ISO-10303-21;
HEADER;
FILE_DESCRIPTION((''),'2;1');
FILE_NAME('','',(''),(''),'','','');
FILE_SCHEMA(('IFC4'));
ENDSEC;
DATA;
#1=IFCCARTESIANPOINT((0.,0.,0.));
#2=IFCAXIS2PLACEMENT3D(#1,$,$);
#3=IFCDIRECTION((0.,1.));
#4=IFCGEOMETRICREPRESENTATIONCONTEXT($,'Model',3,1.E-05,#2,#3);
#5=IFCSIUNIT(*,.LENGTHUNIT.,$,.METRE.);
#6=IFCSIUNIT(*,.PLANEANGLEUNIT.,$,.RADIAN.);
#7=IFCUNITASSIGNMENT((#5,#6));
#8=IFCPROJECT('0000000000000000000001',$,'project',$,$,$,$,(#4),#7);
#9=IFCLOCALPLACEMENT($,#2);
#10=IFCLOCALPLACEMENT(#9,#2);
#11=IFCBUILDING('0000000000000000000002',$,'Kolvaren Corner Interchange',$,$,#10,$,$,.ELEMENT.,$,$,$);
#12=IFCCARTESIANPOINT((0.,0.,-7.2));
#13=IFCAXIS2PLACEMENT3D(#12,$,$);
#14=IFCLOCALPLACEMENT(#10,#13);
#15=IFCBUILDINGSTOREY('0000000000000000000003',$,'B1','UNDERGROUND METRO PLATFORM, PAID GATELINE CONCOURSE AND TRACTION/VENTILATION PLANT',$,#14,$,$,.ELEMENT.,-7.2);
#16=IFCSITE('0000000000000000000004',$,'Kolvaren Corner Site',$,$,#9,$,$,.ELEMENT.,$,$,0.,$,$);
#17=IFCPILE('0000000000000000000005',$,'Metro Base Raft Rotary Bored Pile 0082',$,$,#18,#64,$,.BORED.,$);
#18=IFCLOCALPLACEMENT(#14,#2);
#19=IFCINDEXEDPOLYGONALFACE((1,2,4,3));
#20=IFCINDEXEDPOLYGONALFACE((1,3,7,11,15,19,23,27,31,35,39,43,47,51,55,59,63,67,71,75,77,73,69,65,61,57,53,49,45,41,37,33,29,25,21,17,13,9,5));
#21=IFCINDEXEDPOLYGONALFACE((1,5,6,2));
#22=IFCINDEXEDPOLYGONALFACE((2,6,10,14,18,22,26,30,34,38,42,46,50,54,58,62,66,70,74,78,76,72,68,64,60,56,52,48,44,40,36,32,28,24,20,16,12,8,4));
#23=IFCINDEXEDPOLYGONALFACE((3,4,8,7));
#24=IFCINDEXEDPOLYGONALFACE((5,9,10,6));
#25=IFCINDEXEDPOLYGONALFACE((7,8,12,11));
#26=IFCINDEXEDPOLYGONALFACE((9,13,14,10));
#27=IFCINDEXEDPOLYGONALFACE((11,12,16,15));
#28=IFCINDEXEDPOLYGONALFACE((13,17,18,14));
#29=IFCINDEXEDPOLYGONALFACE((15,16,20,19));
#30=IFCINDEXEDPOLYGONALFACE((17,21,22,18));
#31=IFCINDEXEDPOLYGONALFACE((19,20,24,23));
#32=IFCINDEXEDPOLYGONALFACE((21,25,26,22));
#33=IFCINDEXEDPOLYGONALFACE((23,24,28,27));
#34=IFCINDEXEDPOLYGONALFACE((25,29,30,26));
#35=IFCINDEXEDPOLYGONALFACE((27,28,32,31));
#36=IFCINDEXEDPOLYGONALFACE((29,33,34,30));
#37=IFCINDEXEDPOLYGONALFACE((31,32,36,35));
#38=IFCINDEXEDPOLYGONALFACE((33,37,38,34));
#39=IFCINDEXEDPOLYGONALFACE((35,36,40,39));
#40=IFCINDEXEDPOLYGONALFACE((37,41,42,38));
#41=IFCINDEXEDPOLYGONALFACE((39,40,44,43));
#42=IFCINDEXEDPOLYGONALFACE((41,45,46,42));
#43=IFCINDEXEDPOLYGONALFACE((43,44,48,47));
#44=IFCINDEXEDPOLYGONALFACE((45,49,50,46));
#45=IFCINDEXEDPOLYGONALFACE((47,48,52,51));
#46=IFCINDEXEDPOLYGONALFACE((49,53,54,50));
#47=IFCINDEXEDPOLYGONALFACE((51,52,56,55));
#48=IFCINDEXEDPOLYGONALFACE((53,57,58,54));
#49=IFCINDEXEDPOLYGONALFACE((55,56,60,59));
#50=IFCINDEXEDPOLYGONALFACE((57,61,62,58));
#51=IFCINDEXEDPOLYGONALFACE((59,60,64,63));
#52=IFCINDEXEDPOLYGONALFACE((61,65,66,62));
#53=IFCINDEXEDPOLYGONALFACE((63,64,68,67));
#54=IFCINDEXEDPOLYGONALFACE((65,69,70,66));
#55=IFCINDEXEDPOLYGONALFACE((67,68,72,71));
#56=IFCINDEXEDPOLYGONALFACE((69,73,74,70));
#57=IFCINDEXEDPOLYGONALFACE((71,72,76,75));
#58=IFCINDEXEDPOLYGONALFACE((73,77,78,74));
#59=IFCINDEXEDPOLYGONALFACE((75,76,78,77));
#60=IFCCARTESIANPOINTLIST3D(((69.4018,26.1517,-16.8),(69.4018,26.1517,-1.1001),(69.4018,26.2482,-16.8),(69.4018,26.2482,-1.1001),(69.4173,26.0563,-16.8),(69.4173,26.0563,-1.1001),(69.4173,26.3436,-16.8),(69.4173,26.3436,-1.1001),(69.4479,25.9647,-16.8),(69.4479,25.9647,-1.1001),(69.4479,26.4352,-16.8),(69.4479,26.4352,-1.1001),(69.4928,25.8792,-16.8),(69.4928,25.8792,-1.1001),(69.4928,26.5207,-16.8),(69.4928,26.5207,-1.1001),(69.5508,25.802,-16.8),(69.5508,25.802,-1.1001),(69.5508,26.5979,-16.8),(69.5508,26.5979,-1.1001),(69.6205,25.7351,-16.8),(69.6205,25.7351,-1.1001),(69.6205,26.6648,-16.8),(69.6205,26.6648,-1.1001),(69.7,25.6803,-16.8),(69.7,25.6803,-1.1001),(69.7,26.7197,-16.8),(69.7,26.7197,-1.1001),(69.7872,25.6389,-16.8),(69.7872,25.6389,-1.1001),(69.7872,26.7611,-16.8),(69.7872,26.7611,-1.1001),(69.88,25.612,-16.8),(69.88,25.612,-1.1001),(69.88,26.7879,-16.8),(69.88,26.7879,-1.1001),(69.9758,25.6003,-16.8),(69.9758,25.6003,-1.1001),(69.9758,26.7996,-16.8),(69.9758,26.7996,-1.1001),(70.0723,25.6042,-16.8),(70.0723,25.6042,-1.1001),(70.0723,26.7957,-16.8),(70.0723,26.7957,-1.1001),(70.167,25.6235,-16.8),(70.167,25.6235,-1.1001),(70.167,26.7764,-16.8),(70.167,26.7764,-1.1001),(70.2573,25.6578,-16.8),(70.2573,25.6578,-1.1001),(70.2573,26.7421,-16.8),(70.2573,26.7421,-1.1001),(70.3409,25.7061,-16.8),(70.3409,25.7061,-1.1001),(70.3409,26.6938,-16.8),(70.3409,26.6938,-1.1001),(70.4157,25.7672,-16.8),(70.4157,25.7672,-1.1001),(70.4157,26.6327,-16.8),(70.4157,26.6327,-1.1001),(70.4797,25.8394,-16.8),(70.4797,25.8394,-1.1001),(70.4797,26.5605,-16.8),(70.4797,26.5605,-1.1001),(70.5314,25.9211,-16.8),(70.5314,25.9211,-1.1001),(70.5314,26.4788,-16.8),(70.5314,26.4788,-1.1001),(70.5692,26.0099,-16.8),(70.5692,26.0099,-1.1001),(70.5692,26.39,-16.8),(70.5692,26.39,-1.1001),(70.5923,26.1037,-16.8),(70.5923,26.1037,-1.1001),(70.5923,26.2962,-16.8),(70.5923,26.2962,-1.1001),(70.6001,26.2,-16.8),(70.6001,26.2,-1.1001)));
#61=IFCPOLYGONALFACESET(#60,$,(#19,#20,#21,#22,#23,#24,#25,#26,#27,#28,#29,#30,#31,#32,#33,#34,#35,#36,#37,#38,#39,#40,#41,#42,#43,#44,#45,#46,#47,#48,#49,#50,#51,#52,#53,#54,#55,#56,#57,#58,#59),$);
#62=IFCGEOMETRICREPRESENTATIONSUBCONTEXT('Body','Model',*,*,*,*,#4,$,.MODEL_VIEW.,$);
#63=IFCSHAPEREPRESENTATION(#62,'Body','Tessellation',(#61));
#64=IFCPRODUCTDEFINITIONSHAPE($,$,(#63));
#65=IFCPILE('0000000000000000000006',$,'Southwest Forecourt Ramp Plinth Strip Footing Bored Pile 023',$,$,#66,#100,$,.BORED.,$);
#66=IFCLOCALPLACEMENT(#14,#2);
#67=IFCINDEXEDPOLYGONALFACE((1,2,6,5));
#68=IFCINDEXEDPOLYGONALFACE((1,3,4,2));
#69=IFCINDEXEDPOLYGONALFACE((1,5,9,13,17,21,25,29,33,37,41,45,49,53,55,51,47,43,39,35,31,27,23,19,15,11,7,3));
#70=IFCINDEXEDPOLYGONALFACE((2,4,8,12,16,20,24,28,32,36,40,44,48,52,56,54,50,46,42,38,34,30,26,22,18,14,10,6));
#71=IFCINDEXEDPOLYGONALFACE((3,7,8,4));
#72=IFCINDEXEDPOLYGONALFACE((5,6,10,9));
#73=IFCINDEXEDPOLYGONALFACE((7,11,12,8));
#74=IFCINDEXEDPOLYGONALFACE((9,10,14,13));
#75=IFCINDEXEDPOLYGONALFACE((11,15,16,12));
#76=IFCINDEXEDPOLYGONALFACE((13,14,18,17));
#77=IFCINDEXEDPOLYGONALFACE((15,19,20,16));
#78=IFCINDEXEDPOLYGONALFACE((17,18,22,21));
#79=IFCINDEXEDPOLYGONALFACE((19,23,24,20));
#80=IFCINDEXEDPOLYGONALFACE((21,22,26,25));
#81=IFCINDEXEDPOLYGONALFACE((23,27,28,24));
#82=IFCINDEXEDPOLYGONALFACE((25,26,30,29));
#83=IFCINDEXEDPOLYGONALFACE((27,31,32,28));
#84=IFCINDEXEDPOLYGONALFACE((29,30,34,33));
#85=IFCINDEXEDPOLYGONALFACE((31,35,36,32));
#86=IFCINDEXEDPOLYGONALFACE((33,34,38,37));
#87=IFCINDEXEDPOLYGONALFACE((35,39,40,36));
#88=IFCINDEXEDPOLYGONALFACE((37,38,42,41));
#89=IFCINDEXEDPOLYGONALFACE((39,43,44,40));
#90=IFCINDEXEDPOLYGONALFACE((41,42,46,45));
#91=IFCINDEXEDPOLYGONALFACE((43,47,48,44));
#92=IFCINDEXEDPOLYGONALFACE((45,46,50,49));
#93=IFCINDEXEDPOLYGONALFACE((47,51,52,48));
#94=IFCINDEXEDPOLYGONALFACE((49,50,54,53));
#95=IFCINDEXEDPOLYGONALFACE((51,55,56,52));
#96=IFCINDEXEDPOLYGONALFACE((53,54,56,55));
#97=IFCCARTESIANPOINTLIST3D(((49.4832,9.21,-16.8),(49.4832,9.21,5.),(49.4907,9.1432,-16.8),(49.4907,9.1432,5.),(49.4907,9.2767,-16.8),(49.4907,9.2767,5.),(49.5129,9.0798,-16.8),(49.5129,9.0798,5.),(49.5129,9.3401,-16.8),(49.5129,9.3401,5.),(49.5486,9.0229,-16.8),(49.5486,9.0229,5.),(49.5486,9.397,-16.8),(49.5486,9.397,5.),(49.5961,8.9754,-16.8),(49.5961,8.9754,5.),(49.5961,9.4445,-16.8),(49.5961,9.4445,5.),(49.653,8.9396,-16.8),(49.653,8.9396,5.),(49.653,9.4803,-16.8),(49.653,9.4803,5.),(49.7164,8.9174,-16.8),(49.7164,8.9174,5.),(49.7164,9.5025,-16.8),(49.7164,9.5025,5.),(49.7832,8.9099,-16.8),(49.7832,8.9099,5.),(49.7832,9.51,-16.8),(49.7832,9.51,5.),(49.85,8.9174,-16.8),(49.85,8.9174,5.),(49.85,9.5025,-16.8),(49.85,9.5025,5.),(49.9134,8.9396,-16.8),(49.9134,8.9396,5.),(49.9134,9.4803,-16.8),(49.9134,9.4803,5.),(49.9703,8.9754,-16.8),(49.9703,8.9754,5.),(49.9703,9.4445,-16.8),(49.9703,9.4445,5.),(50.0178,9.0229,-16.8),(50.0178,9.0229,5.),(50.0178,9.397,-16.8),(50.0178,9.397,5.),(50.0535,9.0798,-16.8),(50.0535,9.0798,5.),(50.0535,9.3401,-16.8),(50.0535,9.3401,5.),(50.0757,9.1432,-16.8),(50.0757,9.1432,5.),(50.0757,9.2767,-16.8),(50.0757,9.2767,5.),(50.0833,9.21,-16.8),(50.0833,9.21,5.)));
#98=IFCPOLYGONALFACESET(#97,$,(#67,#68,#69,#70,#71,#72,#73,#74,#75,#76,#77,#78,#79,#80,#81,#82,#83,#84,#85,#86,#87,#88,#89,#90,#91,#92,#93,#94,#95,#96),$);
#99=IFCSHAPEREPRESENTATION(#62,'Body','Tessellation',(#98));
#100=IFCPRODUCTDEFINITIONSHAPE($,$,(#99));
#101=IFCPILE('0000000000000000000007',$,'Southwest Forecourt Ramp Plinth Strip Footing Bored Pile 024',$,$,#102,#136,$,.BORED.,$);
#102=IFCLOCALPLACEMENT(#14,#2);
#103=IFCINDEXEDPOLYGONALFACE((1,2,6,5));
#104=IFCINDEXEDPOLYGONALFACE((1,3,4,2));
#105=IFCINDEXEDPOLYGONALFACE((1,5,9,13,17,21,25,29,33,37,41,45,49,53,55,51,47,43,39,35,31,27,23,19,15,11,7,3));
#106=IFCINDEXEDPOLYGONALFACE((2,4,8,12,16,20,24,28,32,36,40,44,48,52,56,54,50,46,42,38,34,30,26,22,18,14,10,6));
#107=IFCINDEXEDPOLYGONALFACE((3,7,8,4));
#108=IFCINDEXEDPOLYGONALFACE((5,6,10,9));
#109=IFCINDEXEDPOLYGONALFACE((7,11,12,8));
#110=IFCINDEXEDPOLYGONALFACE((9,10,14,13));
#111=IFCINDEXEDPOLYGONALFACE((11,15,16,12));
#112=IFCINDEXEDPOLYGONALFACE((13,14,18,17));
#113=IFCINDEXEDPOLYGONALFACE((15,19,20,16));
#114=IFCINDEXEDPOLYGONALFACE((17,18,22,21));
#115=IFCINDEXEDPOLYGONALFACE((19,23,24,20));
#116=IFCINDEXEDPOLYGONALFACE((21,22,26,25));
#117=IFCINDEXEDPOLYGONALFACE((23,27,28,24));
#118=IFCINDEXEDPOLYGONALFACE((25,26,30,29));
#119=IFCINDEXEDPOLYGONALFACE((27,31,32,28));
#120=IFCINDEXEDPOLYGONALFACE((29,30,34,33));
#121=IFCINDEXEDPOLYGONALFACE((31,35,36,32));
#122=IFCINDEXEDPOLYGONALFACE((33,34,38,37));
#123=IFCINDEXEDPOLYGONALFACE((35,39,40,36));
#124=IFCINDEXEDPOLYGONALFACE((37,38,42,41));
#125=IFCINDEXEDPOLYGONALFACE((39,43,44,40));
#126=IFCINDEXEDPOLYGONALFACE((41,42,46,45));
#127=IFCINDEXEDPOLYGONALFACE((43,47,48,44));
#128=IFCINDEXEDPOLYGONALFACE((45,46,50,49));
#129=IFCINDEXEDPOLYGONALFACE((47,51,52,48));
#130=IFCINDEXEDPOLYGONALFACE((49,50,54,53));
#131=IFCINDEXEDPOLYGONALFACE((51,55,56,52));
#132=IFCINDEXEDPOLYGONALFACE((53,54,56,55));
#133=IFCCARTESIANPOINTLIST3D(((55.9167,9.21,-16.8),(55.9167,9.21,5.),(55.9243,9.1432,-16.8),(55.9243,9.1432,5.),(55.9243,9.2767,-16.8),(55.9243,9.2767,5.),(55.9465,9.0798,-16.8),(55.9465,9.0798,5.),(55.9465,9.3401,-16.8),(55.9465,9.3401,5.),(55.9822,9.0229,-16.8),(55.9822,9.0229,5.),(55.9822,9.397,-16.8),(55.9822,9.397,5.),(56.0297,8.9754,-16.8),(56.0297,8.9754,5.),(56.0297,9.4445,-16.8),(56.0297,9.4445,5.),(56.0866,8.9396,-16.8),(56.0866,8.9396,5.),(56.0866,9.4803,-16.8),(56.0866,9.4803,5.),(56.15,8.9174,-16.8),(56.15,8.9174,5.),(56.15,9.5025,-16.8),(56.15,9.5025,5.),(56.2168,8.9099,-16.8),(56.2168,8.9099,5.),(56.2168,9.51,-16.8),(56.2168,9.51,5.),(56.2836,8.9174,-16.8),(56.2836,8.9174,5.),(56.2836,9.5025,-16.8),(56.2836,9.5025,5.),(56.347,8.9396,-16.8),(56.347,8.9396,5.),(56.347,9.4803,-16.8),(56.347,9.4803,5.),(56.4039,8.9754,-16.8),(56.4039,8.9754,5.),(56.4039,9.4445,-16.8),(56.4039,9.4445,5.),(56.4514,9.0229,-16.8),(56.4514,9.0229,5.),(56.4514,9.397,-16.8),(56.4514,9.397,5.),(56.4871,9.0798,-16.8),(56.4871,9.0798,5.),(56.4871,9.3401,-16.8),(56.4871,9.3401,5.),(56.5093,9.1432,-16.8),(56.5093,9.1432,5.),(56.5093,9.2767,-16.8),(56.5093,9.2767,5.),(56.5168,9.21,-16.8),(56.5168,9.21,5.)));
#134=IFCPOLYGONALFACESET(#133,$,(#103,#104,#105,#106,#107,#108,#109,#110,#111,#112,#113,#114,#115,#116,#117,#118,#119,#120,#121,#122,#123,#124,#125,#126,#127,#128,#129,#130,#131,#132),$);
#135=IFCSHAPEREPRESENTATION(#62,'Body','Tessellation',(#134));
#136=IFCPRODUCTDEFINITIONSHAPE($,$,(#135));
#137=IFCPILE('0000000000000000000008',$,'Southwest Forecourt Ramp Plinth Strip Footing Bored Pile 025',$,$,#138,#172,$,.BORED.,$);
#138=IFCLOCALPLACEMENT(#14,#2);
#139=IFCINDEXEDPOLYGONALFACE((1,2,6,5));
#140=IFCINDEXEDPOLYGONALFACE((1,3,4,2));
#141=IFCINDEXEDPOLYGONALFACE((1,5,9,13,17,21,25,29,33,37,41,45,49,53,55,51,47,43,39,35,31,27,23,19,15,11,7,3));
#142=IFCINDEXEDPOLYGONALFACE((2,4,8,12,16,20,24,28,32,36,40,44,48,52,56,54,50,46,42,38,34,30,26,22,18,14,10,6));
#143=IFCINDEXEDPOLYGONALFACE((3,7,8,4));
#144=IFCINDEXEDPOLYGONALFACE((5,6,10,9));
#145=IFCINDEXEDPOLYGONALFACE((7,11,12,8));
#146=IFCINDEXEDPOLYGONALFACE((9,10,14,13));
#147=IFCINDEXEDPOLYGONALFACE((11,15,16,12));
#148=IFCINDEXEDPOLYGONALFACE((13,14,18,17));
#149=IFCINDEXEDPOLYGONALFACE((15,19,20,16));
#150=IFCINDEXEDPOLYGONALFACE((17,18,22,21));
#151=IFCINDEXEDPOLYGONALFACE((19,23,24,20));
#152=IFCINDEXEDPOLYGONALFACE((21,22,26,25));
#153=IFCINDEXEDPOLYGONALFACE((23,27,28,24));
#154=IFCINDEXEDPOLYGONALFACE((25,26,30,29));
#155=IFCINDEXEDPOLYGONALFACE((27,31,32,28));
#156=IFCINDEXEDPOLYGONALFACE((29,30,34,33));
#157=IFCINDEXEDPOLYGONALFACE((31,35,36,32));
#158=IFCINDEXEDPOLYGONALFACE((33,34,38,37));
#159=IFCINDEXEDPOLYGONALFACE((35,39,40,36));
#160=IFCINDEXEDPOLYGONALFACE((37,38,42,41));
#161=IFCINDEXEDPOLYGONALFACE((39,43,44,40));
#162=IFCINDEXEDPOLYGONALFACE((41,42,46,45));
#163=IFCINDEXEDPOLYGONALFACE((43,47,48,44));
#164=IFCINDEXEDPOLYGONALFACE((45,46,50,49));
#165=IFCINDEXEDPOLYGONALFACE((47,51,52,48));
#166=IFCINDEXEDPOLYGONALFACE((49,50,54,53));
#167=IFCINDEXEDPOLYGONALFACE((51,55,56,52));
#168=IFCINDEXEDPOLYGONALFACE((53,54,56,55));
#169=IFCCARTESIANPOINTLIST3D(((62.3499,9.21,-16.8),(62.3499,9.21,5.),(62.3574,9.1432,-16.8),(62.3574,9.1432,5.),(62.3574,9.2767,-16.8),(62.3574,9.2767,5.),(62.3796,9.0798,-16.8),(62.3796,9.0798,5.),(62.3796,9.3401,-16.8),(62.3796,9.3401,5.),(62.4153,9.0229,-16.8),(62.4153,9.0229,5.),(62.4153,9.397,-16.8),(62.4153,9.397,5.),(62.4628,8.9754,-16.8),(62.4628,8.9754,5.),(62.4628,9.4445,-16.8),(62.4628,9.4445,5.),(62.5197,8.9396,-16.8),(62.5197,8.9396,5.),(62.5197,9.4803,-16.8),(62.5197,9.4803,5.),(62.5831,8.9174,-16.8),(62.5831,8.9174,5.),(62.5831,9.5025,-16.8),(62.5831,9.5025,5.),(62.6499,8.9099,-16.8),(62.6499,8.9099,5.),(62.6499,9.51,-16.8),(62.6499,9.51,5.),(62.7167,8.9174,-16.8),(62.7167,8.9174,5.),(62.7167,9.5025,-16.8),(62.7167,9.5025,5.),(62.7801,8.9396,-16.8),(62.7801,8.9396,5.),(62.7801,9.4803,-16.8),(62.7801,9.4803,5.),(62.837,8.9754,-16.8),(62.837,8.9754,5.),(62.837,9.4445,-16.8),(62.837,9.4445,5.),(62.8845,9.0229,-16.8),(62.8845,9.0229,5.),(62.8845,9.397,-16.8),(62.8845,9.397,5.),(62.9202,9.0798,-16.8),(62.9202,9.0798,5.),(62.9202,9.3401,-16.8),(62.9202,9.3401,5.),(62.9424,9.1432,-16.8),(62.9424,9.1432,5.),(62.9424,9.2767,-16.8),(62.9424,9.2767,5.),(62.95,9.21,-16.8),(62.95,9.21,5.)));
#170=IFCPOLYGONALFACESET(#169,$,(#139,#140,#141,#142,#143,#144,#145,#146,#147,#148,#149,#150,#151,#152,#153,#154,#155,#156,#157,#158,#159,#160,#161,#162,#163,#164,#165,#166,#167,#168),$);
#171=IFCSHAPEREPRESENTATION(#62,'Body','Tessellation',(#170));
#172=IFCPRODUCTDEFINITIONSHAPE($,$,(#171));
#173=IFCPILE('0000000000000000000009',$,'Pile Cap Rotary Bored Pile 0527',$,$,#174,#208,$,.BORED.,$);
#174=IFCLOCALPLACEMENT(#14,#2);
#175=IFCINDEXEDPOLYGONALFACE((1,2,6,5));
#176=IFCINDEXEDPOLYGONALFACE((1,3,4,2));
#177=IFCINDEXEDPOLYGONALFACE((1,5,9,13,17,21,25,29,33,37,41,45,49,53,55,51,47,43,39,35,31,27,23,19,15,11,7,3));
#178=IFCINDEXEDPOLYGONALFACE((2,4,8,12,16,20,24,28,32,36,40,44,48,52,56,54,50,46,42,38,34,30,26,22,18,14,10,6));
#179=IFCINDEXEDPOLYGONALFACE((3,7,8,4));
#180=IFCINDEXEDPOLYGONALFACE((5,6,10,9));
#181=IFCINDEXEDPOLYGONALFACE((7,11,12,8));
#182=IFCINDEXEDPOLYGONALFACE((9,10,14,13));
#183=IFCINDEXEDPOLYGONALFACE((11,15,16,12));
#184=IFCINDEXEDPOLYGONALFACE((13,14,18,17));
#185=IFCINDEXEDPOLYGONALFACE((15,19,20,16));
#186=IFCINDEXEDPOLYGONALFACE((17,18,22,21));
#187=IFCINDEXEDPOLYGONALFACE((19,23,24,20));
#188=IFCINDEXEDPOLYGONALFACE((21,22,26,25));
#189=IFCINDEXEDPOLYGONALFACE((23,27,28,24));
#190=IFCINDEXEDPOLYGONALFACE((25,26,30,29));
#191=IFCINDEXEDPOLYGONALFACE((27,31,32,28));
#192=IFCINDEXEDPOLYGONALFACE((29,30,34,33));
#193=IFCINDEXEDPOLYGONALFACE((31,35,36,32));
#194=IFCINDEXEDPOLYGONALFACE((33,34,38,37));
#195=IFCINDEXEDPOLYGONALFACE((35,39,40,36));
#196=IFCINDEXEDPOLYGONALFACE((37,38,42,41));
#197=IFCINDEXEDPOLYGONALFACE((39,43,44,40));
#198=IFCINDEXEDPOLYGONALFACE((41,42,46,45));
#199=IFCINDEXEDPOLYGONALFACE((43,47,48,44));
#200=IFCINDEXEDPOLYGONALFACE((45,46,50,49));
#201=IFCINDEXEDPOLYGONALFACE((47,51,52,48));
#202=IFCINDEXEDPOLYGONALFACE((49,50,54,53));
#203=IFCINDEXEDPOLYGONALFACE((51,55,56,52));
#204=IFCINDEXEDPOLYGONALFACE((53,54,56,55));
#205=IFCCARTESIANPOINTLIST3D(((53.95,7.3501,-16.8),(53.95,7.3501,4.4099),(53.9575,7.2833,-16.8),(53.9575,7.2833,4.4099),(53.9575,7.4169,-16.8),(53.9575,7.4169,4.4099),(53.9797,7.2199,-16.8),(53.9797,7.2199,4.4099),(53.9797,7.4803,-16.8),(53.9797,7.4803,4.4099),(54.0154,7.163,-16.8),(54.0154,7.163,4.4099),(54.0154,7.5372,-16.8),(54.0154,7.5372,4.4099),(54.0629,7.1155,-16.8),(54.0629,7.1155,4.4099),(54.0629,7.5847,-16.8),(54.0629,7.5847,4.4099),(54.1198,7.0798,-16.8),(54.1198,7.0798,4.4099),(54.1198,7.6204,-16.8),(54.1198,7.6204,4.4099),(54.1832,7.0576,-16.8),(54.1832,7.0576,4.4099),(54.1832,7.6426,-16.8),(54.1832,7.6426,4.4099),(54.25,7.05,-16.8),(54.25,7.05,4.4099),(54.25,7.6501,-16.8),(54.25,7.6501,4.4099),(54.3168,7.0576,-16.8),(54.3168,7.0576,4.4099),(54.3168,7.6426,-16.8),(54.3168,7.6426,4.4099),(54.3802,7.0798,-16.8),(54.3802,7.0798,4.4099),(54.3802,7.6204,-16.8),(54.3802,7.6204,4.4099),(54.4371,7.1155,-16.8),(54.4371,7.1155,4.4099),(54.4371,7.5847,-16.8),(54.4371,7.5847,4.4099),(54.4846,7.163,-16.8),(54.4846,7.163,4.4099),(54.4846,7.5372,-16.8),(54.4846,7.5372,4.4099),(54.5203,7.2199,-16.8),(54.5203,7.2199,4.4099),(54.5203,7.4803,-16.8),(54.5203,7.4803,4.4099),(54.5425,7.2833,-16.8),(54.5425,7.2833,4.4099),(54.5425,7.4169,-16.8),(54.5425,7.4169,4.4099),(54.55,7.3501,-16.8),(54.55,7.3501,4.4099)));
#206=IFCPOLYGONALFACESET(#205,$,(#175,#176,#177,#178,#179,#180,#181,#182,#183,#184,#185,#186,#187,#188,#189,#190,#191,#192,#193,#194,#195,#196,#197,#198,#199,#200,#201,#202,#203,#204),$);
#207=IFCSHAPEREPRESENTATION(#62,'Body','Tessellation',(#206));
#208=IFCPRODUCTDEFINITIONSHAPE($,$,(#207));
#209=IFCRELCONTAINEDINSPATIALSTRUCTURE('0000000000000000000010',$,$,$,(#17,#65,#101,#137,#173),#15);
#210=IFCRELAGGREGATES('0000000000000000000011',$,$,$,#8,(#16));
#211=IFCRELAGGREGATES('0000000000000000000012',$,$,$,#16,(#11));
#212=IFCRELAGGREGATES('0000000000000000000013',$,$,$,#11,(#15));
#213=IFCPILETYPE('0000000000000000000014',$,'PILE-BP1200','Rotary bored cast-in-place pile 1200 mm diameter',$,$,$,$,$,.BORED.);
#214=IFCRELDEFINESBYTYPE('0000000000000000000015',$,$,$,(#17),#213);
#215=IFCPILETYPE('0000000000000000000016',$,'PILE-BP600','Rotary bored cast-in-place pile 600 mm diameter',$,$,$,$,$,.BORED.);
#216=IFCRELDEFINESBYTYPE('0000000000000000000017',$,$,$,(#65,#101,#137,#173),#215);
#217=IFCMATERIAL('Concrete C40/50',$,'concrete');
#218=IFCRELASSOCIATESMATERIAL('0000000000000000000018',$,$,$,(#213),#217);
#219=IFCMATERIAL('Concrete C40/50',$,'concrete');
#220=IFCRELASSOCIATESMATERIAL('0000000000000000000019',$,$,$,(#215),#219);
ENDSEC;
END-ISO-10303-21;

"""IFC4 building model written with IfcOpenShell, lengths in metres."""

from ifc_helpers import new_model, si_unit, direction, frame, origin, origin_2d, place, context, subcontext, project, spatial, circle, extrude, material, material_profile, profile_set, type_object, element, save


model = new_model("IFC4")

# Units and contexts
model_context = context("Model", 3, precision=1e-05, world=origin(), true_north=direction((0.0, 1.0)))
body_context = subcontext(model_context, "Body", "Model", "MODEL_VIEW")
ifc_project = project(units=[si_unit("LENGTHUNIT", "METRE"), si_unit("PLANEANGLEUNIT", "RADIAN")], contexts=[model_context])

# Site, building, storey
site_placement = place(None, origin())
site = spatial("IfcSite", under=ifc_project, at=site_placement, Name="Kolvaren Corner Site", CompositionType="ELEMENT", RefElevation=0.0)
building_placement = place(site_placement, origin())
building = spatial("IfcBuilding", under=site, at=building_placement, Name="Kolvaren Corner Interchange", CompositionType="ELEMENT")
storey_placement = place(building_placement, frame((0.0, 0.0, -7.2)))
storey = spatial("IfcBuildingStorey", under=building, at=storey_placement, Name="B1", Description="UNDERGROUND METRO PLATFORM, PAID GATELINE CONCOURSE AND TRACTION/VENTILATION PLANT", CompositionType="ELEMENT", Elevation=-7.2)

# Piles
ifc_material_1 = material(Name="Concrete C40/50", Category="concrete")
ifc_material_profile_1 = material_profile(ifc_material_1, circle(Radius=0.6001, at=origin_2d()), Name="BORED PILE 1200")
ifc_profile_set_1 = profile_set([ifc_material_profile_1], Name="Concrete C40/50")
pile_type_1 = type_object("IfcPileType", Name="PILE-BP1200", Description="Rotary bored cast-in-place pile 1200 mm diameter", PredefinedType="BORED", material=ifc_profile_set_1)
for number, where, z_axis, x_axis, name in (
    (1, (70.0, 26.2, -1.1001), (0.0, 0.0, -1.0), (1.0, 0.0, 0.0), "Metro Base Raft Rotary Bored Pile 0082"),
):
    element("IfcPile", number, at=place(storey_placement, frame(where, z_axis=z_axis, x_axis=x_axis)), inside=storey, type_object=pile_type_1, Name=name, PredefinedType="BORED", context=body_context, shape_type="SweptSolid", body=[
        extrude(circle(Radius=0.6001, at=origin_2d()), origin(), (0.0, 0.0, 1.0), 15.7),
    ])
ifc_material_2 = material(Name="Concrete C40/50", Category="concrete")
ifc_material_profile_2 = material_profile(ifc_material_2, circle(Radius=0.3, at=origin_2d()), Name="BORED PILE 600")
ifc_profile_set_2 = profile_set([ifc_material_profile_2], Name="Concrete C40/50")
pile_type_2 = type_object("IfcPileType", Name="PILE-BP600", Description="Rotary bored cast-in-place pile 600 mm diameter", PredefinedType="BORED", material=ifc_profile_set_2)
for number, where, z_axis, x_axis, name in (
    (2, (49.7832, 9.21, 5.0), (0.0, 0.0, -1.0), (1.0, 0.0, 0.0), "Southwest Forecourt Ramp Plinth Strip Footing Bored Pile 023"),
    (3, (56.2168, 9.21, 5.0), (0.0, 0.0, -1.0), (1.0, 0.0, 0.0), "Southwest Forecourt Ramp Plinth Strip Footing Bored Pile 024"),
    (4, (62.6499, 9.21, 5.0), (0.0, 0.0, -1.0), (1.0, 0.0, 0.0), "Southwest Forecourt Ramp Plinth Strip Footing Bored Pile 025"),
):
    element("IfcPile", number, at=place(storey_placement, frame(where, z_axis=z_axis, x_axis=x_axis)), inside=storey, type_object=pile_type_2, Name=name, PredefinedType="BORED", context=body_context, shape_type="SweptSolid", body=[
        extrude(circle(Radius=0.3, at=origin_2d()), origin(), (0.0, 0.0, 1.0), 21.8),
    ])
pile_1_placement = place(storey_placement, frame((54.25, 7.3501, 4.4099), z_axis=(0.0, 0.0, -1.0), x_axis=(1.0, 0.0, 0.0)))
element("IfcPile", 5, at=pile_1_placement, inside=storey, type_object=pile_type_2, Name="Pile Cap Rotary Bored Pile 0527", PredefinedType="BORED", context=body_context, shape_type="SweptSolid", body=[
    extrude(circle(Radius=0.3, at=origin_2d()), origin(), (0.0, 0.0, 1.0), 21.21),
])

save(model, "model.ifc")
